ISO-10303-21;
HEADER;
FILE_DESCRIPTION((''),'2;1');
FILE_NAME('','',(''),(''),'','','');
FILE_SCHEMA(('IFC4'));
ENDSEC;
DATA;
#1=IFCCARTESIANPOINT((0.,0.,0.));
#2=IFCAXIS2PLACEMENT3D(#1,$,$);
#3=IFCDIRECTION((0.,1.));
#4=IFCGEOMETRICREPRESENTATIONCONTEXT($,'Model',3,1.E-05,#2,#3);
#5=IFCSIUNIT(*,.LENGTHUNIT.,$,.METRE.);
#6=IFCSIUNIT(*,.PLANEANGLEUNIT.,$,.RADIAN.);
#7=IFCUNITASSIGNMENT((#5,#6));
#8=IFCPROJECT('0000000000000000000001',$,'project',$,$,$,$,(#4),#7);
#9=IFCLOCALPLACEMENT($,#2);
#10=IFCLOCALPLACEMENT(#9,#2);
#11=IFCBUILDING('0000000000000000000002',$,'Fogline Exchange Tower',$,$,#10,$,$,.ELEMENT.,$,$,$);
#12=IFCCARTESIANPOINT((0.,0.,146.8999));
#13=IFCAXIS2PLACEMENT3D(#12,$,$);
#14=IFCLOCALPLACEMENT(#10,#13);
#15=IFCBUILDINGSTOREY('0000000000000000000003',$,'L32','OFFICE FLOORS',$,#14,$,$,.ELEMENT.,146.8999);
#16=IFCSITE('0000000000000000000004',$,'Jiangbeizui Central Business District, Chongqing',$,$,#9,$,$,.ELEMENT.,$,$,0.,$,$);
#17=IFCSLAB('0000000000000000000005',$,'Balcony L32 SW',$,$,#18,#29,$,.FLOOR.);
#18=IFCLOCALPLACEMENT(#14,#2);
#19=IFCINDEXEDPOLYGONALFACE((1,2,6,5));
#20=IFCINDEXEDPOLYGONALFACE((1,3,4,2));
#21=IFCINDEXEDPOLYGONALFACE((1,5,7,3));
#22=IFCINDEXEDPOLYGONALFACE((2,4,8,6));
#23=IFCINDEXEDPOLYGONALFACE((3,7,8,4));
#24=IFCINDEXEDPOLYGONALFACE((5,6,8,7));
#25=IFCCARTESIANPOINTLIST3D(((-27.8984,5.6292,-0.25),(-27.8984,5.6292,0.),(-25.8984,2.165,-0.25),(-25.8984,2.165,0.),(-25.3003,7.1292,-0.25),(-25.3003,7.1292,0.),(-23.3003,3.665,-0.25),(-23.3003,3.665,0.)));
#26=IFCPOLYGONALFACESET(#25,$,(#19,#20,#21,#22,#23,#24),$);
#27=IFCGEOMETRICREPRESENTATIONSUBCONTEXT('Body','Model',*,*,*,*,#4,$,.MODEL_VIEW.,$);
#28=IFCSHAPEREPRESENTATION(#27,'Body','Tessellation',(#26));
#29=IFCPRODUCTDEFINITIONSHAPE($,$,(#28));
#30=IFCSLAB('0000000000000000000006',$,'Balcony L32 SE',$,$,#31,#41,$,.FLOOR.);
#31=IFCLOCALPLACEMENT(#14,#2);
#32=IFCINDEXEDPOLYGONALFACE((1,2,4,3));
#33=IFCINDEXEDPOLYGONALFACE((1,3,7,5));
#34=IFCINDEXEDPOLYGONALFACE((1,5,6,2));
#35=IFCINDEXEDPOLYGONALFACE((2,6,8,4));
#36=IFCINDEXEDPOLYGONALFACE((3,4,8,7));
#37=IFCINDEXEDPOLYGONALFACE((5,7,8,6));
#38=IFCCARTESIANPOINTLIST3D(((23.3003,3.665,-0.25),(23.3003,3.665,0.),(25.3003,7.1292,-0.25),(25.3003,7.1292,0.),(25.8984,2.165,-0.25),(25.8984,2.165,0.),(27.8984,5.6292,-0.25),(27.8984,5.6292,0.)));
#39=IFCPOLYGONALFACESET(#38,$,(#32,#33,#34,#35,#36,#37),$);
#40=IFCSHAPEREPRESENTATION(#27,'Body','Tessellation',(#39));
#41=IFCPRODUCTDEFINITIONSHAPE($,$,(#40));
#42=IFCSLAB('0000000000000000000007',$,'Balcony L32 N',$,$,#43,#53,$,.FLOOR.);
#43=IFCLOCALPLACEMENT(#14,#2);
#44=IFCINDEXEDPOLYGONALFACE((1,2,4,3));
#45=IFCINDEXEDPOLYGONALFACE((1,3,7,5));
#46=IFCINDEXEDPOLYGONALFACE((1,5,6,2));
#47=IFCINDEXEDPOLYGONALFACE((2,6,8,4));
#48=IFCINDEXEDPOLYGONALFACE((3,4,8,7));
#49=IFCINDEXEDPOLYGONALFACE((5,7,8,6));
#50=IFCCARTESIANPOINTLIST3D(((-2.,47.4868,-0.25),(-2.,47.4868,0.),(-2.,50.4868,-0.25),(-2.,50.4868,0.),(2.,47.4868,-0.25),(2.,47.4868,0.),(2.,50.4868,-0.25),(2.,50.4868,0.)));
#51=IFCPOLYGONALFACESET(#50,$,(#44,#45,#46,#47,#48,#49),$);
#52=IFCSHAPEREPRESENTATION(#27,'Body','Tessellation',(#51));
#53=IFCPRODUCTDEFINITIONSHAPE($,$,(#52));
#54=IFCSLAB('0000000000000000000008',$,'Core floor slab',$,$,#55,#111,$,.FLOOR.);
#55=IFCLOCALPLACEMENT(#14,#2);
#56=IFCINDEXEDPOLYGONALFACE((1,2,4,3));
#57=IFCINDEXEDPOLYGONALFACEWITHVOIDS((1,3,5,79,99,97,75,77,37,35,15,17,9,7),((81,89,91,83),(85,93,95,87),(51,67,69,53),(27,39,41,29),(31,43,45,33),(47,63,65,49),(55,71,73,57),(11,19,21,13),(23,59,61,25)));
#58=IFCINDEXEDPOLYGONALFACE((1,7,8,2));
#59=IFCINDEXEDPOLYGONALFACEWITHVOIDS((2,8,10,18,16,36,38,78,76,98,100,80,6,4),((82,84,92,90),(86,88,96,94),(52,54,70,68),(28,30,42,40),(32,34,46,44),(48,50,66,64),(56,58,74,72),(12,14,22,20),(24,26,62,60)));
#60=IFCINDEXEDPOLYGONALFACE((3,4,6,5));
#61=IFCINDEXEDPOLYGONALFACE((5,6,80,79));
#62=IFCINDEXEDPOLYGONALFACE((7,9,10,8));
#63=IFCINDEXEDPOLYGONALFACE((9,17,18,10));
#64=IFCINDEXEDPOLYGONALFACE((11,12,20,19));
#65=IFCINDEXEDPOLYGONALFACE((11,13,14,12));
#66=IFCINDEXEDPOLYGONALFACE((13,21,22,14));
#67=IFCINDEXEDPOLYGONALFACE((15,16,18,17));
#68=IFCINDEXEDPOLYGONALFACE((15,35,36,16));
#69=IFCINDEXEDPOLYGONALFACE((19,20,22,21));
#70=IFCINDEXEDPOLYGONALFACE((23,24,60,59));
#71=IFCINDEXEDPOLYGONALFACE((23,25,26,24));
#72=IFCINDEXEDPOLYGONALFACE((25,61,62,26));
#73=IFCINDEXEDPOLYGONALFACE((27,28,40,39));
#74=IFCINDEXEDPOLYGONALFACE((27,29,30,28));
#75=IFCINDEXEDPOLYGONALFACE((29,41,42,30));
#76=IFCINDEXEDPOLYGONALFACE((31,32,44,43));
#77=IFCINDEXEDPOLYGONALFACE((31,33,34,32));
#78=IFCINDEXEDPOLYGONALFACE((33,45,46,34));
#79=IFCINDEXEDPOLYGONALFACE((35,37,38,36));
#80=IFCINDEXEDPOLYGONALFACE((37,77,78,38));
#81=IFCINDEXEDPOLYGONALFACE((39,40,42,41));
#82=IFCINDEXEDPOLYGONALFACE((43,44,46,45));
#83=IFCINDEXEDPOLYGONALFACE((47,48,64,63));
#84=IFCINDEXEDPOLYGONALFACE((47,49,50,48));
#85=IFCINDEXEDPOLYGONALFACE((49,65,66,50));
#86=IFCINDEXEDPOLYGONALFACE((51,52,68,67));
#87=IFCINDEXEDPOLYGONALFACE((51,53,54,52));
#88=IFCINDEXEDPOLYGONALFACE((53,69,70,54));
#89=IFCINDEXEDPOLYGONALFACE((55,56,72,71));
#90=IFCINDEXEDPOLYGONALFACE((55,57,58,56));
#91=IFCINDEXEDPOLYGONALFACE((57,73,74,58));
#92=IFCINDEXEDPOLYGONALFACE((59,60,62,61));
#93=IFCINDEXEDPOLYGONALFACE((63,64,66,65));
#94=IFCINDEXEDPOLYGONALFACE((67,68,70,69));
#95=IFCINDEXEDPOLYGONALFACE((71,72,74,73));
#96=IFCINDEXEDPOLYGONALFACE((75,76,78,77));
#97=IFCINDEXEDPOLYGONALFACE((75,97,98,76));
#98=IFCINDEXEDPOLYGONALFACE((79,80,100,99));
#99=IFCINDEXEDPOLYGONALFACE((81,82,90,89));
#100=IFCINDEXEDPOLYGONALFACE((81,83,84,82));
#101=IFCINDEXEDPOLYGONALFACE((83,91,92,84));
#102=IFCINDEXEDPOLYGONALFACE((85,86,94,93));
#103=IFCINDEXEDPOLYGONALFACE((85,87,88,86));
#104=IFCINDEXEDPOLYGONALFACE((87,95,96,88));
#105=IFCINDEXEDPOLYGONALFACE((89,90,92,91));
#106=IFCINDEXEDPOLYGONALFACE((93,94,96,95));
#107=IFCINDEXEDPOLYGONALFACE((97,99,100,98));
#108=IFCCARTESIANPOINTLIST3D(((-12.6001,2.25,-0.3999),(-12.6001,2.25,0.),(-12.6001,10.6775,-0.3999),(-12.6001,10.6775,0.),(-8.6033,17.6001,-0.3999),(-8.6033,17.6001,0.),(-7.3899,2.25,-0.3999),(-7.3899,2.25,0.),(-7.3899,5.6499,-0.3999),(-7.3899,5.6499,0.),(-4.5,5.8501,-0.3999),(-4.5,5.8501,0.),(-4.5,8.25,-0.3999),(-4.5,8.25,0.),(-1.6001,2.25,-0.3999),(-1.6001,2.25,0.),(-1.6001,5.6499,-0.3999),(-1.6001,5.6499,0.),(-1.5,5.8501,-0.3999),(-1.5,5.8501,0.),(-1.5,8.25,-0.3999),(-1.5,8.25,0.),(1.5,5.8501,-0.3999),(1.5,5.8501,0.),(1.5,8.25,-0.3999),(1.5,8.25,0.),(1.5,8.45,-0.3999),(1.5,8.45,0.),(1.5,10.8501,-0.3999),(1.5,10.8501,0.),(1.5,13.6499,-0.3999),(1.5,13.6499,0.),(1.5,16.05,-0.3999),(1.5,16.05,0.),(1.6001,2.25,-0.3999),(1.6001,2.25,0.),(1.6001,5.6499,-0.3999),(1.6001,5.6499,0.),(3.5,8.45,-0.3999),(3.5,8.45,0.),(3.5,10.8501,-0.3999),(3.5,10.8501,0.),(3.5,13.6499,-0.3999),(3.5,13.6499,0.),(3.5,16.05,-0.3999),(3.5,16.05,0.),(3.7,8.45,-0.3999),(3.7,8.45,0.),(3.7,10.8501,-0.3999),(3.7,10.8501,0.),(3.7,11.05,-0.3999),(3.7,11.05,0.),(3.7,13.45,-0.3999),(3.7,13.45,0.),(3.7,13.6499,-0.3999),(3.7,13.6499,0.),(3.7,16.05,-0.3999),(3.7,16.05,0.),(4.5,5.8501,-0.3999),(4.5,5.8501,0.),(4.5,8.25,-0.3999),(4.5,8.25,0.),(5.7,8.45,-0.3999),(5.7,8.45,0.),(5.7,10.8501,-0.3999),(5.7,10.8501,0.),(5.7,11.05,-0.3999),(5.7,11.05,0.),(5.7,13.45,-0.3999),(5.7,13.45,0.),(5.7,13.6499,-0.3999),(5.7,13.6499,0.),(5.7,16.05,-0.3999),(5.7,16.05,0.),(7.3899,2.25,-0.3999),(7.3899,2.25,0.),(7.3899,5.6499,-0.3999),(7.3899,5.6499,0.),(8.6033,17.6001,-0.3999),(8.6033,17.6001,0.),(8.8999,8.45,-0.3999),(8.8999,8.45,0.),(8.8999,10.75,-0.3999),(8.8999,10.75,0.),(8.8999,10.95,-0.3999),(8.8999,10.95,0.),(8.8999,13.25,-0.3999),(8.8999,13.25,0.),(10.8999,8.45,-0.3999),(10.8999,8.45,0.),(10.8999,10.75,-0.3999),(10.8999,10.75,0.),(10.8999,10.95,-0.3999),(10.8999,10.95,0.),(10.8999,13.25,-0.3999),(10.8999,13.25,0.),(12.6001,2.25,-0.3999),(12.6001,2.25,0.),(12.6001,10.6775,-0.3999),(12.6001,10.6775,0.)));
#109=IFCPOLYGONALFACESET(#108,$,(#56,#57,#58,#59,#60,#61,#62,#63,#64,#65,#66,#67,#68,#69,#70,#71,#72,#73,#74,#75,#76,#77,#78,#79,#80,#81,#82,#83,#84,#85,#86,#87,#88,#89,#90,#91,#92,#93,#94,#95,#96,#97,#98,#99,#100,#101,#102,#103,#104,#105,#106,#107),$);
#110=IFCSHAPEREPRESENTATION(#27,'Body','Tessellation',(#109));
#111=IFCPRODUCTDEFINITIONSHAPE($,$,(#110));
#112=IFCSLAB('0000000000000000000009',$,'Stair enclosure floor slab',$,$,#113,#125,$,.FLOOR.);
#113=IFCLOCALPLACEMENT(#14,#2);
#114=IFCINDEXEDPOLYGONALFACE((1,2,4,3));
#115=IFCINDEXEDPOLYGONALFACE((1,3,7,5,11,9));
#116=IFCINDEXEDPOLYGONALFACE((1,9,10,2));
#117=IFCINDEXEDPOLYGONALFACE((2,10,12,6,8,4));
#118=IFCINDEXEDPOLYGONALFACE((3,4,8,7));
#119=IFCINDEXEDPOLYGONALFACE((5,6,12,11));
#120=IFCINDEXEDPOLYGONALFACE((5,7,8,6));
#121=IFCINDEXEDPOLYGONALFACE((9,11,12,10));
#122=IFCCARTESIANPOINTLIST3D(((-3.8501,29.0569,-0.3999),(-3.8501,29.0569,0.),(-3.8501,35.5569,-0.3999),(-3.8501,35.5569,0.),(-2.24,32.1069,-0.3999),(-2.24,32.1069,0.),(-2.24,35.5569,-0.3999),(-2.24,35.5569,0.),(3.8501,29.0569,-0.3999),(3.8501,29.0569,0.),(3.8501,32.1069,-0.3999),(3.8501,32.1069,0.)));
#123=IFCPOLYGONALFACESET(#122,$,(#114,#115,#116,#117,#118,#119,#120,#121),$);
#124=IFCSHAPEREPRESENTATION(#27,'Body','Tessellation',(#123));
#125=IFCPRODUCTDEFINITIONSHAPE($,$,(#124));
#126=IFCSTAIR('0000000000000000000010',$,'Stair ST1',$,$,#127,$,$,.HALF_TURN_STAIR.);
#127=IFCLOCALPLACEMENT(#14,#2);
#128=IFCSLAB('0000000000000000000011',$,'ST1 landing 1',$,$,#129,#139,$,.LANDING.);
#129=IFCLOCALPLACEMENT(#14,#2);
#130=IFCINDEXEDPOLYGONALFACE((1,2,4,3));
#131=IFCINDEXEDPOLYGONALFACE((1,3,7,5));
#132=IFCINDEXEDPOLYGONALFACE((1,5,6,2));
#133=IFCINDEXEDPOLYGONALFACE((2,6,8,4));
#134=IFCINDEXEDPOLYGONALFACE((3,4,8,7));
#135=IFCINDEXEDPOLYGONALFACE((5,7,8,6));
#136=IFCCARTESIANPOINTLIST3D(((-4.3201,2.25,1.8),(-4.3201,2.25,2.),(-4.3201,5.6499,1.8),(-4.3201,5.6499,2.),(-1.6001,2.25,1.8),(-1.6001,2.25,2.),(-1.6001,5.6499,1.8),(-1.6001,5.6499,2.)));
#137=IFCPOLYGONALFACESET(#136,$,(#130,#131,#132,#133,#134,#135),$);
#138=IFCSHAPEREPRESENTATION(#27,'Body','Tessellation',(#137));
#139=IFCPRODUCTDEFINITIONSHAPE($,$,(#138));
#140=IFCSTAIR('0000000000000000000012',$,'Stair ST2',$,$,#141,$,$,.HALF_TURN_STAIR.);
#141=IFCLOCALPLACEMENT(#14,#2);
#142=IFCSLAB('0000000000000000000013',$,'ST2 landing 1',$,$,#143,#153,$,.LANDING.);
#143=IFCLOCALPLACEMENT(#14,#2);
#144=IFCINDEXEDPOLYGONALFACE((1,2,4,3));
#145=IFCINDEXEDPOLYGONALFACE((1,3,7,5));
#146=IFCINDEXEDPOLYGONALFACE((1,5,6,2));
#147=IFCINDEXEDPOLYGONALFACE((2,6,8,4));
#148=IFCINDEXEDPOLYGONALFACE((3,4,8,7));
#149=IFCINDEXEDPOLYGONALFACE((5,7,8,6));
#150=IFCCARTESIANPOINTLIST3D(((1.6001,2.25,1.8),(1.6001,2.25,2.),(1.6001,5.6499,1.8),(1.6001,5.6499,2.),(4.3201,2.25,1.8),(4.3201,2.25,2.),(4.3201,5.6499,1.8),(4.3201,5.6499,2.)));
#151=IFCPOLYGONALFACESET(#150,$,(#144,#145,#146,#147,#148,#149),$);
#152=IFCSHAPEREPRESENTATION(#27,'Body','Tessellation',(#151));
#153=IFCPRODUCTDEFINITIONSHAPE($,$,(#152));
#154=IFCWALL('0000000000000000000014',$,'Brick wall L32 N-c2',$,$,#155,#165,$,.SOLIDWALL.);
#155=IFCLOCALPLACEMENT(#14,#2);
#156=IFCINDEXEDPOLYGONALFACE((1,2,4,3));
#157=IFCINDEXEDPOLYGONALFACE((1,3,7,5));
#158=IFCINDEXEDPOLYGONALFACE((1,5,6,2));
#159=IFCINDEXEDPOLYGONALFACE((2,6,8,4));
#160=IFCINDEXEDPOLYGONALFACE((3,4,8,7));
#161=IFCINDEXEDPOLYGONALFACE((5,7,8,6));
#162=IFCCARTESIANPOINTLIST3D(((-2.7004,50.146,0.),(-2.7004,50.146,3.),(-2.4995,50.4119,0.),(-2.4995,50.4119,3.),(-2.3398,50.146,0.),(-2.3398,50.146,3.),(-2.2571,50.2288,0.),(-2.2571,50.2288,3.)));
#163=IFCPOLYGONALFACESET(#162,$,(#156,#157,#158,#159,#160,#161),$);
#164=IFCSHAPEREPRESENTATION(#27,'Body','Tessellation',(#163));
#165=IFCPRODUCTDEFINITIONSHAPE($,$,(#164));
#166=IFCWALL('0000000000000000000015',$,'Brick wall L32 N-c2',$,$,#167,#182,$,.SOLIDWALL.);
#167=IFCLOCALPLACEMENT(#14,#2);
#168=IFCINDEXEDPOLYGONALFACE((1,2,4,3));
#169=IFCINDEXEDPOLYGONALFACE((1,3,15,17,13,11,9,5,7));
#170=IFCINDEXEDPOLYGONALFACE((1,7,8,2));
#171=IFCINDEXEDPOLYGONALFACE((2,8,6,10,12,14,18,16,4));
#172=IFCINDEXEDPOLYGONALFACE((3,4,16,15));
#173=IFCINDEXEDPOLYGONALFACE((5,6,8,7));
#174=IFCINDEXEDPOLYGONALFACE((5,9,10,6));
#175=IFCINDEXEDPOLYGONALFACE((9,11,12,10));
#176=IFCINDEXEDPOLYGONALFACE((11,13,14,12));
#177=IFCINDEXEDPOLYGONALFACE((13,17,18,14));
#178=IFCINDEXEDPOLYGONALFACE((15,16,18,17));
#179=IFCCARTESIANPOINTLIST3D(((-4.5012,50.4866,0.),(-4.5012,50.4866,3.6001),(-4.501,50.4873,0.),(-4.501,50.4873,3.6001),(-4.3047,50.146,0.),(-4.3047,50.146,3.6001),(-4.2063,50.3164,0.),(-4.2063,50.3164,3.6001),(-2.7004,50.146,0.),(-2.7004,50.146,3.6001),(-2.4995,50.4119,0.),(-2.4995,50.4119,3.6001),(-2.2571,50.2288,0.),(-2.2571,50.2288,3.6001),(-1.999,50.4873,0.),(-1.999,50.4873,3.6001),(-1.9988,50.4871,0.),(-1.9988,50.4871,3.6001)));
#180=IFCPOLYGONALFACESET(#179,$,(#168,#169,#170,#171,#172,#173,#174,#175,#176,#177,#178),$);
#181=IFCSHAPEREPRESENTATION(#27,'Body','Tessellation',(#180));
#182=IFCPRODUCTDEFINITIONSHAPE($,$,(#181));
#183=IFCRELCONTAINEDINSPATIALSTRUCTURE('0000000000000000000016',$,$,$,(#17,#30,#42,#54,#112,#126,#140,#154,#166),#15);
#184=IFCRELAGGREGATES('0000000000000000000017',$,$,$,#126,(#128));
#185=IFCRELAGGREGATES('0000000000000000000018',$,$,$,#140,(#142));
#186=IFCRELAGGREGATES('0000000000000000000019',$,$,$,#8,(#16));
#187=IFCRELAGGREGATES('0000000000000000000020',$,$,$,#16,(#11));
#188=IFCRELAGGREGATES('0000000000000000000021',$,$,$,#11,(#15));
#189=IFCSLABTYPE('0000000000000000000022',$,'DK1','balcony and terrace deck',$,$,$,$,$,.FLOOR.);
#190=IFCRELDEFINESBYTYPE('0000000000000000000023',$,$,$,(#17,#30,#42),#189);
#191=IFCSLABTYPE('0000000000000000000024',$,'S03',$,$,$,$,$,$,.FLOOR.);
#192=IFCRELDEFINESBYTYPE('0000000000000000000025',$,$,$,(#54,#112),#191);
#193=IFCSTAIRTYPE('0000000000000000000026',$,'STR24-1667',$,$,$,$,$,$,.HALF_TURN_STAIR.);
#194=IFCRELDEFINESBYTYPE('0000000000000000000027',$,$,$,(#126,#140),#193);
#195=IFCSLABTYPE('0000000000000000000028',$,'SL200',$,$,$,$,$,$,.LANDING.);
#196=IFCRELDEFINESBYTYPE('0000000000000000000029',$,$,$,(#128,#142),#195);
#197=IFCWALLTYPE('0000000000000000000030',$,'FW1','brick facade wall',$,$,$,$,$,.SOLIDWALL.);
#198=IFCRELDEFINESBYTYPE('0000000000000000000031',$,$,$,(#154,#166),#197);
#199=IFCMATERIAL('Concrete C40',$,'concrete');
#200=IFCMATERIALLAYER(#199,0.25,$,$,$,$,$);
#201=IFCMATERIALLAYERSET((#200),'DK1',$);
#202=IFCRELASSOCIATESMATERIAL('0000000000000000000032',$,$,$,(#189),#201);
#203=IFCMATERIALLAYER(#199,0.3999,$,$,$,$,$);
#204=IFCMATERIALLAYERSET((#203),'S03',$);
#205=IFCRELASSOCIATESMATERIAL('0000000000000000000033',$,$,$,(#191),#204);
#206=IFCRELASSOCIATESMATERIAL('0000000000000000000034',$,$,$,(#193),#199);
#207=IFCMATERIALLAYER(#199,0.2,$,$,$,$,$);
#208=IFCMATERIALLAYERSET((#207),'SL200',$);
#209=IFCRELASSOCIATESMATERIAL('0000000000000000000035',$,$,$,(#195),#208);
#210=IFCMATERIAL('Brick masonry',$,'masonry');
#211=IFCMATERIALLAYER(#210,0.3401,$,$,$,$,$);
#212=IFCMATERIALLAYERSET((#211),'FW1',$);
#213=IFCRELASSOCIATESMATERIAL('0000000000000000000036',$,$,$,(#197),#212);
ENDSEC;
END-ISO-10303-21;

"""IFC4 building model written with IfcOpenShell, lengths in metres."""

from ifc_helpers import new_model, si_unit, direction, frame, origin, place, context, subcontext, project, spatial, polyline, outline, extrude, material, layer, layer_set, type_object, element, aggregate, save


model = new_model("IFC4")

# Units and contexts
model_context = context("Model", 3, precision=1e-05, world=origin(), true_north=direction((0.0, 1.0)))
body_context = subcontext(model_context, "Body", "Model", "MODEL_VIEW")
ifc_project = project(units=[si_unit("LENGTHUNIT", "METRE"), si_unit("PLANEANGLEUNIT", "RADIAN")], contexts=[model_context])

# Site, building, storey
site_placement = place(None, origin())
site = spatial("IfcSite", under=ifc_project, at=site_placement, Name="Jiangbeizui Central Business District, Chongqing", CompositionType="ELEMENT", RefElevation=0.0)
building_placement = place(site_placement, origin())
building = spatial("IfcBuilding", under=site, at=building_placement, Name="Fogline Exchange Tower", CompositionType="ELEMENT")
storey_placement = place(building_placement, frame((0.0, 0.0, 146.8999)))
storey = spatial("IfcBuildingStorey", under=building, at=storey_placement, Name="L32", Description="OFFICE FLOORS", CompositionType="ELEMENT", Elevation=146.8999)

# Slabs
ifc_material_1 = material(Name="Concrete C40", Category="concrete")
ifc_layer_1 = layer(ifc_material_1, 0.25)
ifc_layer_set_1 = layer_set([ifc_layer_1], Name="DK1")
slab_type_1 = type_object("IfcSlabType", Name="DK1", Description="balcony and terrace deck", PredefinedType="FLOOR", material=ifc_layer_set_1)
slab_1_placement = place(storey_placement, frame((0.0, 0.0, -0.25)))
element("IfcSlab", 1, at=slab_1_placement, inside=storey, type_object=slab_type_1, Name="Balcony L32 SW", PredefinedType="FLOOR", context=body_context, shape_type="SweptSolid", body=[
    extrude(outline(polyline([(-27.8984, 5.6292), (-25.8984, 2.165), (-23.3003, 3.665), (-25.3003, 7.1292), (-27.8984, 5.6292)])), origin(), (0.0, 0.0, 1.0), 0.25),
])
slab_2_placement = place(storey_placement, frame((0.0, 0.0, -0.25)))
element("IfcSlab", 2, at=slab_2_placement, inside=storey, type_object=slab_type_1, Name="Balcony L32 SE", PredefinedType="FLOOR", context=body_context, shape_type="SweptSolid", body=[
    extrude(outline(polyline([(25.8984, 2.165), (27.8984, 5.6292), (25.3003, 7.1292), (23.3003, 3.665), (25.8984, 2.165)])), origin(), (0.0, 0.0, 1.0), 0.25),
])
slab_3_placement = place(storey_placement, frame((0.0, 0.0, -0.25)))
element("IfcSlab", 3, at=slab_3_placement, inside=storey, type_object=slab_type_1, Name="Balcony L32 N", PredefinedType="FLOOR", context=body_context, shape_type="SweptSolid", body=[
    extrude(outline(polyline([(2.0, 50.4868), (-2.0, 50.4868), (-2.0, 47.4868), (2.0, 47.4868), (2.0, 50.4868)])), origin(), (0.0, 0.0, 1.0), 0.25),
])
ifc_layer_2 = layer(ifc_material_1, 0.3999)
ifc_layer_set_2 = layer_set([ifc_layer_2], Name="S03")
slab_type_2 = type_object("IfcSlabType", Name="S03", PredefinedType="FLOOR", material=ifc_layer_set_2)
slab_4_placement = place(storey_placement, frame((0.0, 0.0, -0.3999)))
element("IfcSlab", 4, at=slab_4_placement, inside=storey, type_object=slab_type_2, Name="Core floor slab", PredefinedType="FLOOR", context=body_context, shape_type="SweptSolid", body=[
    extrude(outline(polyline([(-12.6001, 2.25), (-12.6001, 10.6775), (-8.6033, 17.6001), (8.6033, 17.6001), (12.6001, 10.6775), (12.6001, 2.25), (7.3899, 2.25), (7.3899, 5.6499), (1.6001, 5.6499), (1.6001, 2.25), (-1.6001, 2.25), (-1.6001, 5.6499), (-7.3899, 5.6499), (-7.3899, 2.25), (-12.6001, 2.25)]), holes=[polyline([(-4.5, 8.25), (-4.5, 5.8501), (-1.5, 5.8501), (-1.5, 8.25), (-4.5, 8.25)]), polyline([(4.5, 8.25), (1.5, 8.25), (1.5, 5.8501), (4.5, 5.8501), (4.5, 8.25)]), polyline([(3.5, 10.8501), (1.5, 10.8501), (1.5, 8.45), (3.5, 8.45), (3.5, 10.8501)]), polyline([(1.5, 16.05), (1.5, 13.6499), (3.5, 13.6499), (3.5, 16.05), (1.5, 16.05)]), polyline([(10.8999, 10.75), (8.8999, 10.75), (8.8999, 8.45), (10.8999, 8.45), (10.8999, 10.75)]), polyline([(5.7, 10.8501), (3.7, 10.8501), (3.7, 8.45), (5.7, 8.45), (5.7, 10.8501)]), polyline([(8.8999, 13.25), (8.8999, 10.95), (10.8999, 10.95), (10.8999, 13.25), (8.8999, 13.25)]), polyline([(5.7, 13.45), (3.7, 13.45), (3.7, 11.05), (5.7, 11.05), (5.7, 13.45)]), polyline([(5.7, 16.05), (3.7, 16.05), (3.7, 13.6499), (5.7, 13.6499), (5.7, 16.05)])]), origin(), (0.0, 0.0, 1.0), 0.3999),
])
slab_5_placement = place(storey_placement, frame((0.0, 0.0, -0.3999)))
element("IfcSlab", 5, at=slab_5_placement, inside=storey, type_object=slab_type_2, Name="Stair enclosure floor slab", PredefinedType="FLOOR", context=body_context, shape_type="SweptSolid", body=[
    extrude(outline(polyline([(3.8501, 29.0569), (-3.8501, 29.0569), (-3.8501, 35.5569), (-2.24, 35.5569), (-2.24, 32.1069), (3.8501, 32.1069), (3.8501, 29.0569)])), origin(), (0.0, 0.0, 1.0), 0.3999),
])

# Stairs, slabs
stair_type = type_object("IfcStairType", Name="STR24-1667", PredefinedType="HALF_TURN_STAIR", material=ifc_material_1)
stair_1_placement = place(storey_placement, origin())
stair_1 = element("IfcStair", 6, at=stair_1_placement, inside=storey, type_object=stair_type, Name="Stair ST1", PredefinedType="HALF_TURN_STAIR")
ifc_layer_3 = layer(ifc_material_1, 0.2)
ifc_layer_set_3 = layer_set([ifc_layer_3], Name="SL200")
slab_type_3 = type_object("IfcSlabType", Name="SL200", PredefinedType="LANDING", material=ifc_layer_set_3)
slab_6_placement = place(storey_placement, frame((0.0, 0.0, 1.8)))
slab_6 = element("IfcSlab", 7, at=slab_6_placement, type_object=slab_type_3, Name="ST1 landing 1", PredefinedType="LANDING", context=body_context, shape_type="SweptSolid", body=[
    extrude(outline(polyline([(-4.3201, 2.25), (-1.6001, 2.25), (-1.6001, 5.6499), (-4.3201, 5.6499), (-4.3201, 2.25)])), origin(), (0.0, 0.0, 1.0), 0.2),
])
aggregate(stair_1, [slab_6])
stair_2_placement = place(storey_placement, origin())
stair_2 = element("IfcStair", 8, at=stair_2_placement, inside=storey, type_object=stair_type, Name="Stair ST2", PredefinedType="HALF_TURN_STAIR")
slab_7_placement = place(storey_placement, frame((0.0, 0.0, 1.8)))
slab_7 = element("IfcSlab", 9, at=slab_7_placement, type_object=slab_type_3, Name="ST2 landing 1", PredefinedType="LANDING", context=body_context, shape_type="SweptSolid", body=[
    extrude(outline(polyline([(1.6001, 2.25), (4.3201, 2.25), (4.3201, 5.6499), (1.6001, 5.6499), (1.6001, 2.25)])), origin(), (0.0, 0.0, 1.0), 0.2),
])
aggregate(stair_2, [slab_7])

# Walls
ifc_material_2 = material(Name="Brick masonry", Category="masonry")
ifc_layer_4 = layer(ifc_material_2, 0.3401)
ifc_layer_set_4 = layer_set([ifc_layer_4], Name="FW1")
wall_type_1 = type_object("IfcWallType", Name="FW1", Description="brick facade wall", PredefinedType="SOLIDWALL", material=ifc_layer_set_4)
wall_1_placement = place(storey_placement, origin())
element("IfcWall", 10, at=wall_1_placement, inside=storey, type_object=wall_type_1, Name="Brick wall L32 N-c2", PredefinedType="SOLIDWALL", context=body_context, shape_type="SweptSolid", body=[
    extrude(outline(polyline([(-2.3398, 50.146), (-2.7004, 50.146), (-2.4995, 50.4119), (-2.2571, 50.2288), (-2.3398, 50.146)])), origin(), (0.0, 0.0, 1.0), 3.0),
])
wall_2_placement = place(storey_placement, origin())
element("IfcWall", 11, at=wall_2_placement, inside=storey, type_object=wall_type_1, Name="Brick wall L32 N-c2", PredefinedType="SOLIDWALL", context=body_context, shape_type="SweptSolid", body=[
    extrude(outline(polyline([(-4.2063, 50.3164), (-4.5012, 50.4866), (-4.501, 50.4873), (-1.999, 50.4873), (-1.9988, 50.4871), (-2.2571, 50.2288), (-2.4995, 50.4119), (-2.7004, 50.146), (-4.3047, 50.146), (-4.2063, 50.3164)])), origin(), (0.0, 0.0, 1.0), 3.6001),
])

save(model, "model.ifc")
